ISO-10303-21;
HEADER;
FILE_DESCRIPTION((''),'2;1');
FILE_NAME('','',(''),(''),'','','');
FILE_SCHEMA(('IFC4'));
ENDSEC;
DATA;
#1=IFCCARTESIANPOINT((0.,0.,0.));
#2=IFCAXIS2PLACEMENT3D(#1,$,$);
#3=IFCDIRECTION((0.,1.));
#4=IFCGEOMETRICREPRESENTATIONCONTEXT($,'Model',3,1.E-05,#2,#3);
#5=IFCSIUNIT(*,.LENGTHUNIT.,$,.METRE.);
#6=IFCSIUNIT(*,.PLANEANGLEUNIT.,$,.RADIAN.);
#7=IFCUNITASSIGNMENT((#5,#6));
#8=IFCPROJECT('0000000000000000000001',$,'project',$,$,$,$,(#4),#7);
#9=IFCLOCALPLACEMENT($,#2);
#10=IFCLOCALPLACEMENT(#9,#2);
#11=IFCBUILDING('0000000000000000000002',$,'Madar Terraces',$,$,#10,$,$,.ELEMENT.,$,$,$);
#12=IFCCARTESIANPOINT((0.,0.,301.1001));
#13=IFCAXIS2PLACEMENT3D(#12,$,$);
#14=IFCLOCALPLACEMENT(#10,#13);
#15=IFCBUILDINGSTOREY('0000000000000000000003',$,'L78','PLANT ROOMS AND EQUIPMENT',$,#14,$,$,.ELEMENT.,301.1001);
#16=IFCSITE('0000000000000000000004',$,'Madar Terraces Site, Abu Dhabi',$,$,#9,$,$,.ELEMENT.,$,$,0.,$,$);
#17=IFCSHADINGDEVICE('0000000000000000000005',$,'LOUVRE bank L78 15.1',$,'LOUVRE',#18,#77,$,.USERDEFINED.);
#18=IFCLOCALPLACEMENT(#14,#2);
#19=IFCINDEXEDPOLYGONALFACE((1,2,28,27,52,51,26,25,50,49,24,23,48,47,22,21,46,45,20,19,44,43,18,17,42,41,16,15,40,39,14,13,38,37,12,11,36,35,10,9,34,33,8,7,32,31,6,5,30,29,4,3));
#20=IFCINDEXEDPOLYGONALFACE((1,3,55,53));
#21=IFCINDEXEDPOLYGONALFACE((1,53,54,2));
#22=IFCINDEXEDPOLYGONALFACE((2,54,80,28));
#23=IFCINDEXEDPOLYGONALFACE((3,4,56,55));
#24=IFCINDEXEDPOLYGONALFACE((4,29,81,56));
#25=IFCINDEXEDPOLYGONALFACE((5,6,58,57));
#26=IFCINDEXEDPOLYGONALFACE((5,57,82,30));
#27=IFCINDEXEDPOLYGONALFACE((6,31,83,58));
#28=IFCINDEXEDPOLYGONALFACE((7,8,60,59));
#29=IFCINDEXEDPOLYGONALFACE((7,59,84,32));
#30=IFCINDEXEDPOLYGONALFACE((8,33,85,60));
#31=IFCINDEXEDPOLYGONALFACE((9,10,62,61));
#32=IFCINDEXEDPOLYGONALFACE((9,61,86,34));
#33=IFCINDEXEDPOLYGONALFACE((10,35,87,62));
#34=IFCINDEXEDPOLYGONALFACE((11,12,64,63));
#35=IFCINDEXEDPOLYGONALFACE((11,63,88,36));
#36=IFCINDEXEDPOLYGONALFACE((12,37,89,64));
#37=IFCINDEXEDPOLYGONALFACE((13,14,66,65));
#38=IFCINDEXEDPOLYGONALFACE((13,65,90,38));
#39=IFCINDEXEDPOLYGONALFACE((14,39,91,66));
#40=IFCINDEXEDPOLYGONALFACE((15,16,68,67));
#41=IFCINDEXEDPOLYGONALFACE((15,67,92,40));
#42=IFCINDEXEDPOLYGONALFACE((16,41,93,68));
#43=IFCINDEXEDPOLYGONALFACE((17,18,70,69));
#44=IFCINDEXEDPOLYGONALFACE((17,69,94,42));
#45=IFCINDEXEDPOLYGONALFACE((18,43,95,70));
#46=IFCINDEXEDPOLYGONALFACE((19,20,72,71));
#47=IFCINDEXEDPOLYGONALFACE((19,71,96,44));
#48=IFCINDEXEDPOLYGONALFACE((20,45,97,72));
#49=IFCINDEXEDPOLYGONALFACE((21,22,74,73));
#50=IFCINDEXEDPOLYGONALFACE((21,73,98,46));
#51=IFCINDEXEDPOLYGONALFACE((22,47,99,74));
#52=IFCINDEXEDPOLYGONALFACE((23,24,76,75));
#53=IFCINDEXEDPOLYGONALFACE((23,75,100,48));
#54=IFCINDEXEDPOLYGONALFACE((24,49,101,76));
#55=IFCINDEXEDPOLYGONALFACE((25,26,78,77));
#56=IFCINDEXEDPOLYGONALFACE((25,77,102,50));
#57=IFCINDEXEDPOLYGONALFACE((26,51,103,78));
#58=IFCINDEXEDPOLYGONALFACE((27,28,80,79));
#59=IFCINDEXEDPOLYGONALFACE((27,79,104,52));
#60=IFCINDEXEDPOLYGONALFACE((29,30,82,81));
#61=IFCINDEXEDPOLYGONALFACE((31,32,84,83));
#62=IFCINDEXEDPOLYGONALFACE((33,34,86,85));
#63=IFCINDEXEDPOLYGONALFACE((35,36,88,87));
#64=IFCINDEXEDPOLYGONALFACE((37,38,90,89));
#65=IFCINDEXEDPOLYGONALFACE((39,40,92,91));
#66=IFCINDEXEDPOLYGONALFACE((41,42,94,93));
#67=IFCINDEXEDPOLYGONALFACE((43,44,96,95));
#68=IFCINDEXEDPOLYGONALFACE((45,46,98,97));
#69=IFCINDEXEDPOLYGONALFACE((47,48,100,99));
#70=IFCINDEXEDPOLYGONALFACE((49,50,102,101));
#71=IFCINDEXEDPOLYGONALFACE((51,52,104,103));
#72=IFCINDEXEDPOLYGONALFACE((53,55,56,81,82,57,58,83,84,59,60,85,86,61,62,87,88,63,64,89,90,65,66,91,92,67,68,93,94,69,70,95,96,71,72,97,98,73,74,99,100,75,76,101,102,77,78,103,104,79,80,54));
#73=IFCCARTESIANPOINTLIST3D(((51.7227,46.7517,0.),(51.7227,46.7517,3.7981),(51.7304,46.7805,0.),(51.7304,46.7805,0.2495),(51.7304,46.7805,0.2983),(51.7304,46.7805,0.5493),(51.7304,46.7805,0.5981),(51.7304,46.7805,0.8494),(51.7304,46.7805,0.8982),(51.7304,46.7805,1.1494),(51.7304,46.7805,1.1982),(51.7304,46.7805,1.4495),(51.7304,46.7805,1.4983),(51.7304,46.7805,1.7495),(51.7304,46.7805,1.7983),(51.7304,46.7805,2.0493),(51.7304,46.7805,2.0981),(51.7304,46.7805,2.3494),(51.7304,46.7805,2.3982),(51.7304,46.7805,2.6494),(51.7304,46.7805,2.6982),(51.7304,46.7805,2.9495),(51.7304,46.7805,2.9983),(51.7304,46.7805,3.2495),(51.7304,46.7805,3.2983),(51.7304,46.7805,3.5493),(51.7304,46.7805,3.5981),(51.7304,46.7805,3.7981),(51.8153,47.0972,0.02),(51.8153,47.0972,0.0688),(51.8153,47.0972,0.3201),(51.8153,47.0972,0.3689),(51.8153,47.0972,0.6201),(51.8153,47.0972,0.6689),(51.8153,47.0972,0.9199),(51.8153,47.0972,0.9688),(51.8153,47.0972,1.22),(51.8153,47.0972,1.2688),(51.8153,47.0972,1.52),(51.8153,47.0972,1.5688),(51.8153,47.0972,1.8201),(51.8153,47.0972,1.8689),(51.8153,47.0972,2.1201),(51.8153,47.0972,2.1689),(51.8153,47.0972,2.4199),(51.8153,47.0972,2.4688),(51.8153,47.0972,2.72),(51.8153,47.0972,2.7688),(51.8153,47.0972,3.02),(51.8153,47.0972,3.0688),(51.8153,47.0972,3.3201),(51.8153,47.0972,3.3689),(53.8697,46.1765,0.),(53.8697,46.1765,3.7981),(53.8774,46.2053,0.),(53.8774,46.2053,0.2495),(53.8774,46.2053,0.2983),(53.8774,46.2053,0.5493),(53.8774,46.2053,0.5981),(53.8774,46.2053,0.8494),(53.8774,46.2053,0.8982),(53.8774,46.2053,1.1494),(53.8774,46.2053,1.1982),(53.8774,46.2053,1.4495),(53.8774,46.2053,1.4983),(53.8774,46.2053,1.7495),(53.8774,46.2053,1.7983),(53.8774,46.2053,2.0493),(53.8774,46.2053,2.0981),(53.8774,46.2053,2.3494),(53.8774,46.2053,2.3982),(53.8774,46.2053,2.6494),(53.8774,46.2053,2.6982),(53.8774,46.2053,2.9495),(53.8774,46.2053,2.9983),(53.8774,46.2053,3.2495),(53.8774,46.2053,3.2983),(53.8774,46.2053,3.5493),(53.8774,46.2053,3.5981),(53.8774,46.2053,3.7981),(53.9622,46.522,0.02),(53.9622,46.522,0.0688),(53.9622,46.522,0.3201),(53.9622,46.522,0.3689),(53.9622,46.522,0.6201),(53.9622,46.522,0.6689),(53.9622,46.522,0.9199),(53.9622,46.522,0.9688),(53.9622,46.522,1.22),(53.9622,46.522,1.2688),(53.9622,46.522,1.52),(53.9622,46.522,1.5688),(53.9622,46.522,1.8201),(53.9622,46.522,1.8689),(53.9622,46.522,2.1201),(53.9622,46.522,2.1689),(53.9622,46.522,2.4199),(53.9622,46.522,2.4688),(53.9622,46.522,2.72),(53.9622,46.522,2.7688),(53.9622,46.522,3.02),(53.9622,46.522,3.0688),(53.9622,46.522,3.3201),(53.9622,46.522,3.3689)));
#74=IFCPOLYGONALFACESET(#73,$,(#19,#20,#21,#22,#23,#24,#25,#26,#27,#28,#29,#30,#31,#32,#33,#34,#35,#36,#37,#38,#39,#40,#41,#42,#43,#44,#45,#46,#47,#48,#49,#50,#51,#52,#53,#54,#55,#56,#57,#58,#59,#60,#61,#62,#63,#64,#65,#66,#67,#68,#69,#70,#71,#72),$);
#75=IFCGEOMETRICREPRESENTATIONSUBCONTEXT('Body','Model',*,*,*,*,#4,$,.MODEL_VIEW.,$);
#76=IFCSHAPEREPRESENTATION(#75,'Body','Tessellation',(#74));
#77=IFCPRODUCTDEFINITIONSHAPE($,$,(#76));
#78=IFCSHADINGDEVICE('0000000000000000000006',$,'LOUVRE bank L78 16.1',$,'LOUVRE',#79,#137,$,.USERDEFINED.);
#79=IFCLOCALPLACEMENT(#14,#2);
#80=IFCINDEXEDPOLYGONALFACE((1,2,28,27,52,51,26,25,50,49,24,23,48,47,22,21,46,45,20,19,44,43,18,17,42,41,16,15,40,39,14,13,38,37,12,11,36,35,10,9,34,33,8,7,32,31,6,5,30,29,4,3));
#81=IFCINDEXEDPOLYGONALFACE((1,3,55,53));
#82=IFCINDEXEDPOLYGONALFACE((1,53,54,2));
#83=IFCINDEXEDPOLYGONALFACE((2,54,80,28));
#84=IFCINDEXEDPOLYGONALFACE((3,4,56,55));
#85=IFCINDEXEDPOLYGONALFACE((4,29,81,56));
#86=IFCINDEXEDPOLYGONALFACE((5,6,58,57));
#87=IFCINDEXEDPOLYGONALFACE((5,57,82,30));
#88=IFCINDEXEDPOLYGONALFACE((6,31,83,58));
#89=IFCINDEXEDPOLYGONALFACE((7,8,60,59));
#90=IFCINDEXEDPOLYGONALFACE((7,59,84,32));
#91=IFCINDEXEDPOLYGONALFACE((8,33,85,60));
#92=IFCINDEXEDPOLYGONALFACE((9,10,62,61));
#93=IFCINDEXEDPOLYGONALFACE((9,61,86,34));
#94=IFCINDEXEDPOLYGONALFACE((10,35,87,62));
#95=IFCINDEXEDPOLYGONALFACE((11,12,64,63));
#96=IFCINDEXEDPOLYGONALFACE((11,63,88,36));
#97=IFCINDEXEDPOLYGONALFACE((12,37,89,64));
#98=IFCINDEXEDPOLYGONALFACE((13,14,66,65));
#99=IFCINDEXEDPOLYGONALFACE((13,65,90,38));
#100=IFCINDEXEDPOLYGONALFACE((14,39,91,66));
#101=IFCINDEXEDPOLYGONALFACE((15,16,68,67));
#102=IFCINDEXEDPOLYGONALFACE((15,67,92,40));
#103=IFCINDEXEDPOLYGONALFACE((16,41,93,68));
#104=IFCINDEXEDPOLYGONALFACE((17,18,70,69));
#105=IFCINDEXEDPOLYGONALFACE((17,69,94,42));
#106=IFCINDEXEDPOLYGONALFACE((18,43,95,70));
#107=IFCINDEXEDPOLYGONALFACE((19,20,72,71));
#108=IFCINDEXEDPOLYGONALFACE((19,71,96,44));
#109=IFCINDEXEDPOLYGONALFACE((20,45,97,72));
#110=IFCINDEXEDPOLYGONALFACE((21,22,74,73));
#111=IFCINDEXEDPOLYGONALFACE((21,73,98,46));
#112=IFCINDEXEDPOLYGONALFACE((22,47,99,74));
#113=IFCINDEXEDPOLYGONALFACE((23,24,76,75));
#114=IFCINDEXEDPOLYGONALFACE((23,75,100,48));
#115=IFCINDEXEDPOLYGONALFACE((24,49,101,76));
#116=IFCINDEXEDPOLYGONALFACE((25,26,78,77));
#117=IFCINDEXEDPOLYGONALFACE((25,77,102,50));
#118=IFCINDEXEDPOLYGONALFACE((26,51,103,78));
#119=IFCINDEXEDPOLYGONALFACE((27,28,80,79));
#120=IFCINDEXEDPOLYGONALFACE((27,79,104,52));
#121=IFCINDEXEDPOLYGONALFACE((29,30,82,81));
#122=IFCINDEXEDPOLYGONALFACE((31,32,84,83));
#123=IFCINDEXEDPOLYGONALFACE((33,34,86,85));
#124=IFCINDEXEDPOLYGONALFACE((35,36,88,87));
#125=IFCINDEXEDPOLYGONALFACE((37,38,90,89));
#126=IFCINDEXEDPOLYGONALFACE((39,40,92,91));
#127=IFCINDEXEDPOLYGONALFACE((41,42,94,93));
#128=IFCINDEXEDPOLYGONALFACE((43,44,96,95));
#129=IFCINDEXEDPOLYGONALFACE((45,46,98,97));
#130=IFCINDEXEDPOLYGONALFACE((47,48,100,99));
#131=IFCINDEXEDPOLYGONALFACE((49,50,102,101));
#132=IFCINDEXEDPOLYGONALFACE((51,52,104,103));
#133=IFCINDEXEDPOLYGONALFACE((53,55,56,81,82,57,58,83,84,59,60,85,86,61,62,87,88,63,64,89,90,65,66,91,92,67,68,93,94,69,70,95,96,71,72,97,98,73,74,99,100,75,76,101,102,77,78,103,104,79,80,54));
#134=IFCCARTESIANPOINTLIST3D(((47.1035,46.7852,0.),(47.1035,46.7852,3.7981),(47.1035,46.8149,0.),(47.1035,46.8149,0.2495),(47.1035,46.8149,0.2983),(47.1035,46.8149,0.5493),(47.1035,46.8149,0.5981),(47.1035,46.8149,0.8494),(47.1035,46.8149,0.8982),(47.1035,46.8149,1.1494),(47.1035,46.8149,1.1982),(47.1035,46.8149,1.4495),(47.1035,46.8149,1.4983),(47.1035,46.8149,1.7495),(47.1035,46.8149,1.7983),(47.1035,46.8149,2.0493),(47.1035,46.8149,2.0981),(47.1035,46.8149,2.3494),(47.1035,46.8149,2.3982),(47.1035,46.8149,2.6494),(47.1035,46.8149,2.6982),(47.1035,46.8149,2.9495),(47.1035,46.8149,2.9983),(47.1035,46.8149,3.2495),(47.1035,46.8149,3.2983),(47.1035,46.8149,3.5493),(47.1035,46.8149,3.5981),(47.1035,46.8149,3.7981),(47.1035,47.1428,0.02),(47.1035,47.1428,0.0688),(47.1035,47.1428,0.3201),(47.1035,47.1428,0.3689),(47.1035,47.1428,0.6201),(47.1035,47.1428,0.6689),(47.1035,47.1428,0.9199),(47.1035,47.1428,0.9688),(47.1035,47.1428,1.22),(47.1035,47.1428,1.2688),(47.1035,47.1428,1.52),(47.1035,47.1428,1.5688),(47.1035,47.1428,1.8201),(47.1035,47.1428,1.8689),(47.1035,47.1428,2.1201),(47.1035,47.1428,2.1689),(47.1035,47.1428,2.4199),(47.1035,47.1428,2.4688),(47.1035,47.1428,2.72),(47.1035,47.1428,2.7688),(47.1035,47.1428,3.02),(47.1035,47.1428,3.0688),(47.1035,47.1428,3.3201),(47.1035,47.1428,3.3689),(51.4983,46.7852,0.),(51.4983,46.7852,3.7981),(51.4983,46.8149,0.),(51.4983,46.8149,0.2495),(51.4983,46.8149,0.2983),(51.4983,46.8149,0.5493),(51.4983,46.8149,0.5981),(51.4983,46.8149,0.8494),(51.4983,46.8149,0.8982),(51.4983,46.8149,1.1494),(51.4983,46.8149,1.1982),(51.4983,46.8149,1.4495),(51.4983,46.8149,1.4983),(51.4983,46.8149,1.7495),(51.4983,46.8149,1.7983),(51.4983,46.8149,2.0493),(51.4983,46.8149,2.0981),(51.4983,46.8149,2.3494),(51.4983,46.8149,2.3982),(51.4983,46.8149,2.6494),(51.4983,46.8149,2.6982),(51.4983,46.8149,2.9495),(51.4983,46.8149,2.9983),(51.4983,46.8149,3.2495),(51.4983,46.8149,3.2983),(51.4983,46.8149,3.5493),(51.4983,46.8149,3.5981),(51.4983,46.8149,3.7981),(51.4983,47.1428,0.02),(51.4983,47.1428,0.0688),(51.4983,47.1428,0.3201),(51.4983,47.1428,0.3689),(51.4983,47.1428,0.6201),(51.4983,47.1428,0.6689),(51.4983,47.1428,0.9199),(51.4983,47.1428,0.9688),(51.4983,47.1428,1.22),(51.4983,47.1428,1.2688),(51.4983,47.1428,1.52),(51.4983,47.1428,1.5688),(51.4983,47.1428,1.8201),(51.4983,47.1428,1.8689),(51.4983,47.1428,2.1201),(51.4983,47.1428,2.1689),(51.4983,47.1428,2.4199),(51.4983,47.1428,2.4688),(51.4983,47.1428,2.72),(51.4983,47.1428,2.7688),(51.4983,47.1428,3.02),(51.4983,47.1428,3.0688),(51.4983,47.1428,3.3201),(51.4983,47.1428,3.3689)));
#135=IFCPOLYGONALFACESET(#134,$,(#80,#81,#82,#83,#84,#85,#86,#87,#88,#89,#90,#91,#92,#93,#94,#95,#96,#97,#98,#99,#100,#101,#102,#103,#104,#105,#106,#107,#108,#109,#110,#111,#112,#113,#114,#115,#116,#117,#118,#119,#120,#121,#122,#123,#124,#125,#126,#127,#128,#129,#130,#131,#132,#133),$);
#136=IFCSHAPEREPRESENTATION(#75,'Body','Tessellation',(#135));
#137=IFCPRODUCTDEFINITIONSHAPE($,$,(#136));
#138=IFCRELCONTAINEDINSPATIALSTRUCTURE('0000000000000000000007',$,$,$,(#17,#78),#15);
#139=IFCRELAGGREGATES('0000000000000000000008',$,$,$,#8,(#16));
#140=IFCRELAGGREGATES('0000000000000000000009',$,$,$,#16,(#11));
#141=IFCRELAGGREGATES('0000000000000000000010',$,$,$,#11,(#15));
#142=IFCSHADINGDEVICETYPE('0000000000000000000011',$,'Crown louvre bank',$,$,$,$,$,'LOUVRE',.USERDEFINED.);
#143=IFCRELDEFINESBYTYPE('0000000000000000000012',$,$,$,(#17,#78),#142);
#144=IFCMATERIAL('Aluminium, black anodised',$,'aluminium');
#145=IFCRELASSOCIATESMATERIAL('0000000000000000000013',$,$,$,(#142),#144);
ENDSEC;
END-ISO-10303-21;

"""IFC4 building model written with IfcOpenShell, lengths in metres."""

from ifc_helpers import new_model, si_unit, direction, frame, origin, place, context, subcontext, project, spatial, polyline, outline, extrude, material, type_object, element, save


model = new_model("IFC4")

# Units and contexts
model_context = context("Model", 3, precision=1e-05, world=origin(), true_north=direction((0.0, 1.0)))
body_context = subcontext(model_context, "Body", "Model", "MODEL_VIEW")
ifc_project = project(units=[si_unit("LENGTHUNIT", "METRE"), si_unit("PLANEANGLEUNIT", "RADIAN")], contexts=[model_context])

# Site, building, storey
site_placement = place(None, origin())
site = spatial("IfcSite", under=ifc_project, at=site_placement, Name="Madar Terraces Site, Abu Dhabi", CompositionType="ELEMENT", RefElevation=0.0)
building_placement = place(site_placement, origin())
building = spatial("IfcBuilding", under=site, at=building_placement, Name="Madar Terraces", CompositionType="ELEMENT")
storey_placement = place(building_placement, frame((0.0, 0.0, 301.1001)))
storey = spatial("IfcBuildingStorey", under=building, at=storey_placement, Name="L78", Description="PLANT ROOMS AND EQUIPMENT", CompositionType="ELEMENT", Elevation=301.1001)

# Shading devices
ifc_material_1 = material(Name="Aluminium, black anodised", Category="aluminium")
shading_device_type = type_object("IfcShadingDeviceType", Name="Crown louvre bank", ElementType="LOUVRE", PredefinedType="USERDEFINED", material=ifc_material_1)
shading_device_1_placement = place(storey_placement, frame((53.8735, 46.1909, 0.0), z_axis=(-0.965935, 0.258784, 0.0), x_axis=(-0.258784, -0.965935, 0.0)))
element("IfcShadingDevice", 1, at=shading_device_1_placement, inside=storey, type_object=shading_device_type, Name="LOUVRE bank L78 15.1", ObjectType="LOUVRE", PredefinedType="USERDEFINED", context=body_context, shape_type="SweptSolid", body=[
    extrude(outline(polyline([(0.0149, 0.0), (-0.0149, 0.0), (-0.0149, 0.2495), (-0.3428, 0.02), (-0.3428, 0.0688), (-0.0149, 0.2983), (-0.0149, 0.5493), (-0.3428, 0.3201), (-0.3428, 0.3689), (-0.0149, 0.5981), (-0.0149, 0.8494), (-0.3428, 0.6201), (-0.3428, 0.6689), (-0.0149, 0.8982), (-0.0149, 1.1494), (-0.3428, 0.9199), (-0.3428, 0.9688), (-0.0149, 1.1982), (-0.0149, 1.4495), (-0.3428, 1.22), (-0.3428, 1.2688), (-0.0149, 1.4983), (-0.0149, 1.7495), (-0.3428, 1.52), (-0.3428, 1.5688), (-0.0149, 1.7983), (-0.0149, 2.0493), (-0.3428, 1.8201), (-0.3428, 1.8689), (-0.0149, 2.0981), (-0.0149, 2.3494), (-0.3428, 2.1201), (-0.3428, 2.1689), (-0.0149, 2.3982), (-0.0149, 2.6494), (-0.3428, 2.4199), (-0.3428, 2.4688), (-0.0149, 2.6982), (-0.0149, 2.9495), (-0.3428, 2.72), (-0.3428, 2.7688), (-0.0149, 2.9983), (-0.0149, 3.2495), (-0.3428, 3.02), (-0.3428, 3.0688), (-0.0149, 3.2983), (-0.0149, 3.5493), (-0.3428, 3.3201), (-0.3428, 3.3689), (-0.0149, 3.5981), (-0.0149, 3.7981), (0.0149, 3.7981), (0.0149, 0.0)])), origin(), (0.0, 0.0, 1.0), 2.2227),
])
shading_device_2_placement = place(storey_placement, frame((51.4983, 46.8, 0.0), z_axis=(-1.0, 0.0, 0.0), x_axis=(0.0, -1.0, 0.0)))
element("IfcShadingDevice", 2, at=shading_device_2_placement, inside=storey, type_object=shading_device_type, Name="LOUVRE bank L78 16.1", ObjectType="LOUVRE", PredefinedType="USERDEFINED", context=body_context, shape_type="SweptSolid", body=[
    extrude(outline(polyline([(0.0149, 0.0), (-0.0149, 0.0), (-0.0149, 0.2495), (-0.3428, 0.02), (-0.3428, 0.0688), (-0.0149, 0.2983), (-0.0149, 0.5493), (-0.3428, 0.3201), (-0.3428, 0.3689), (-0.0149, 0.5981), (-0.0149, 0.8494), (-0.3428, 0.6201), (-0.3428, 0.6689), (-0.0149, 0.8982), (-0.0149, 1.1494), (-0.3428, 0.9199), (-0.3428, 0.9688), (-0.0149, 1.1982), (-0.0149, 1.4495), (-0.3428, 1.22), (-0.3428, 1.2688), (-0.0149, 1.4983), (-0.0149, 1.7495), (-0.3428, 1.52), (-0.3428, 1.5688), (-0.0149, 1.7983), (-0.0149, 2.0493), (-0.3428, 1.8201), (-0.3428, 1.8689), (-0.0149, 2.0981), (-0.0149, 2.3494), (-0.3428, 2.1201), (-0.3428, 2.1689), (-0.0149, 2.3982), (-0.0149, 2.6494), (-0.3428, 2.4199), (-0.3428, 2.4688), (-0.0149, 2.6982), (-0.0149, 2.9495), (-0.3428, 2.72), (-0.3428, 2.7688), (-0.0149, 2.9983), (-0.0149, 3.2495), (-0.3428, 3.02), (-0.3428, 3.0688), (-0.0149, 3.2983), (-0.0149, 3.5493), (-0.3428, 3.3201), (-0.3428, 3.3689), (-0.0149, 3.5981), (-0.0149, 3.7981), (0.0149, 3.7981), (0.0149, 0.0)])), origin(), (0.0, 0.0, 1.0), 4.3948),
])

save(model, "model.ifc")
